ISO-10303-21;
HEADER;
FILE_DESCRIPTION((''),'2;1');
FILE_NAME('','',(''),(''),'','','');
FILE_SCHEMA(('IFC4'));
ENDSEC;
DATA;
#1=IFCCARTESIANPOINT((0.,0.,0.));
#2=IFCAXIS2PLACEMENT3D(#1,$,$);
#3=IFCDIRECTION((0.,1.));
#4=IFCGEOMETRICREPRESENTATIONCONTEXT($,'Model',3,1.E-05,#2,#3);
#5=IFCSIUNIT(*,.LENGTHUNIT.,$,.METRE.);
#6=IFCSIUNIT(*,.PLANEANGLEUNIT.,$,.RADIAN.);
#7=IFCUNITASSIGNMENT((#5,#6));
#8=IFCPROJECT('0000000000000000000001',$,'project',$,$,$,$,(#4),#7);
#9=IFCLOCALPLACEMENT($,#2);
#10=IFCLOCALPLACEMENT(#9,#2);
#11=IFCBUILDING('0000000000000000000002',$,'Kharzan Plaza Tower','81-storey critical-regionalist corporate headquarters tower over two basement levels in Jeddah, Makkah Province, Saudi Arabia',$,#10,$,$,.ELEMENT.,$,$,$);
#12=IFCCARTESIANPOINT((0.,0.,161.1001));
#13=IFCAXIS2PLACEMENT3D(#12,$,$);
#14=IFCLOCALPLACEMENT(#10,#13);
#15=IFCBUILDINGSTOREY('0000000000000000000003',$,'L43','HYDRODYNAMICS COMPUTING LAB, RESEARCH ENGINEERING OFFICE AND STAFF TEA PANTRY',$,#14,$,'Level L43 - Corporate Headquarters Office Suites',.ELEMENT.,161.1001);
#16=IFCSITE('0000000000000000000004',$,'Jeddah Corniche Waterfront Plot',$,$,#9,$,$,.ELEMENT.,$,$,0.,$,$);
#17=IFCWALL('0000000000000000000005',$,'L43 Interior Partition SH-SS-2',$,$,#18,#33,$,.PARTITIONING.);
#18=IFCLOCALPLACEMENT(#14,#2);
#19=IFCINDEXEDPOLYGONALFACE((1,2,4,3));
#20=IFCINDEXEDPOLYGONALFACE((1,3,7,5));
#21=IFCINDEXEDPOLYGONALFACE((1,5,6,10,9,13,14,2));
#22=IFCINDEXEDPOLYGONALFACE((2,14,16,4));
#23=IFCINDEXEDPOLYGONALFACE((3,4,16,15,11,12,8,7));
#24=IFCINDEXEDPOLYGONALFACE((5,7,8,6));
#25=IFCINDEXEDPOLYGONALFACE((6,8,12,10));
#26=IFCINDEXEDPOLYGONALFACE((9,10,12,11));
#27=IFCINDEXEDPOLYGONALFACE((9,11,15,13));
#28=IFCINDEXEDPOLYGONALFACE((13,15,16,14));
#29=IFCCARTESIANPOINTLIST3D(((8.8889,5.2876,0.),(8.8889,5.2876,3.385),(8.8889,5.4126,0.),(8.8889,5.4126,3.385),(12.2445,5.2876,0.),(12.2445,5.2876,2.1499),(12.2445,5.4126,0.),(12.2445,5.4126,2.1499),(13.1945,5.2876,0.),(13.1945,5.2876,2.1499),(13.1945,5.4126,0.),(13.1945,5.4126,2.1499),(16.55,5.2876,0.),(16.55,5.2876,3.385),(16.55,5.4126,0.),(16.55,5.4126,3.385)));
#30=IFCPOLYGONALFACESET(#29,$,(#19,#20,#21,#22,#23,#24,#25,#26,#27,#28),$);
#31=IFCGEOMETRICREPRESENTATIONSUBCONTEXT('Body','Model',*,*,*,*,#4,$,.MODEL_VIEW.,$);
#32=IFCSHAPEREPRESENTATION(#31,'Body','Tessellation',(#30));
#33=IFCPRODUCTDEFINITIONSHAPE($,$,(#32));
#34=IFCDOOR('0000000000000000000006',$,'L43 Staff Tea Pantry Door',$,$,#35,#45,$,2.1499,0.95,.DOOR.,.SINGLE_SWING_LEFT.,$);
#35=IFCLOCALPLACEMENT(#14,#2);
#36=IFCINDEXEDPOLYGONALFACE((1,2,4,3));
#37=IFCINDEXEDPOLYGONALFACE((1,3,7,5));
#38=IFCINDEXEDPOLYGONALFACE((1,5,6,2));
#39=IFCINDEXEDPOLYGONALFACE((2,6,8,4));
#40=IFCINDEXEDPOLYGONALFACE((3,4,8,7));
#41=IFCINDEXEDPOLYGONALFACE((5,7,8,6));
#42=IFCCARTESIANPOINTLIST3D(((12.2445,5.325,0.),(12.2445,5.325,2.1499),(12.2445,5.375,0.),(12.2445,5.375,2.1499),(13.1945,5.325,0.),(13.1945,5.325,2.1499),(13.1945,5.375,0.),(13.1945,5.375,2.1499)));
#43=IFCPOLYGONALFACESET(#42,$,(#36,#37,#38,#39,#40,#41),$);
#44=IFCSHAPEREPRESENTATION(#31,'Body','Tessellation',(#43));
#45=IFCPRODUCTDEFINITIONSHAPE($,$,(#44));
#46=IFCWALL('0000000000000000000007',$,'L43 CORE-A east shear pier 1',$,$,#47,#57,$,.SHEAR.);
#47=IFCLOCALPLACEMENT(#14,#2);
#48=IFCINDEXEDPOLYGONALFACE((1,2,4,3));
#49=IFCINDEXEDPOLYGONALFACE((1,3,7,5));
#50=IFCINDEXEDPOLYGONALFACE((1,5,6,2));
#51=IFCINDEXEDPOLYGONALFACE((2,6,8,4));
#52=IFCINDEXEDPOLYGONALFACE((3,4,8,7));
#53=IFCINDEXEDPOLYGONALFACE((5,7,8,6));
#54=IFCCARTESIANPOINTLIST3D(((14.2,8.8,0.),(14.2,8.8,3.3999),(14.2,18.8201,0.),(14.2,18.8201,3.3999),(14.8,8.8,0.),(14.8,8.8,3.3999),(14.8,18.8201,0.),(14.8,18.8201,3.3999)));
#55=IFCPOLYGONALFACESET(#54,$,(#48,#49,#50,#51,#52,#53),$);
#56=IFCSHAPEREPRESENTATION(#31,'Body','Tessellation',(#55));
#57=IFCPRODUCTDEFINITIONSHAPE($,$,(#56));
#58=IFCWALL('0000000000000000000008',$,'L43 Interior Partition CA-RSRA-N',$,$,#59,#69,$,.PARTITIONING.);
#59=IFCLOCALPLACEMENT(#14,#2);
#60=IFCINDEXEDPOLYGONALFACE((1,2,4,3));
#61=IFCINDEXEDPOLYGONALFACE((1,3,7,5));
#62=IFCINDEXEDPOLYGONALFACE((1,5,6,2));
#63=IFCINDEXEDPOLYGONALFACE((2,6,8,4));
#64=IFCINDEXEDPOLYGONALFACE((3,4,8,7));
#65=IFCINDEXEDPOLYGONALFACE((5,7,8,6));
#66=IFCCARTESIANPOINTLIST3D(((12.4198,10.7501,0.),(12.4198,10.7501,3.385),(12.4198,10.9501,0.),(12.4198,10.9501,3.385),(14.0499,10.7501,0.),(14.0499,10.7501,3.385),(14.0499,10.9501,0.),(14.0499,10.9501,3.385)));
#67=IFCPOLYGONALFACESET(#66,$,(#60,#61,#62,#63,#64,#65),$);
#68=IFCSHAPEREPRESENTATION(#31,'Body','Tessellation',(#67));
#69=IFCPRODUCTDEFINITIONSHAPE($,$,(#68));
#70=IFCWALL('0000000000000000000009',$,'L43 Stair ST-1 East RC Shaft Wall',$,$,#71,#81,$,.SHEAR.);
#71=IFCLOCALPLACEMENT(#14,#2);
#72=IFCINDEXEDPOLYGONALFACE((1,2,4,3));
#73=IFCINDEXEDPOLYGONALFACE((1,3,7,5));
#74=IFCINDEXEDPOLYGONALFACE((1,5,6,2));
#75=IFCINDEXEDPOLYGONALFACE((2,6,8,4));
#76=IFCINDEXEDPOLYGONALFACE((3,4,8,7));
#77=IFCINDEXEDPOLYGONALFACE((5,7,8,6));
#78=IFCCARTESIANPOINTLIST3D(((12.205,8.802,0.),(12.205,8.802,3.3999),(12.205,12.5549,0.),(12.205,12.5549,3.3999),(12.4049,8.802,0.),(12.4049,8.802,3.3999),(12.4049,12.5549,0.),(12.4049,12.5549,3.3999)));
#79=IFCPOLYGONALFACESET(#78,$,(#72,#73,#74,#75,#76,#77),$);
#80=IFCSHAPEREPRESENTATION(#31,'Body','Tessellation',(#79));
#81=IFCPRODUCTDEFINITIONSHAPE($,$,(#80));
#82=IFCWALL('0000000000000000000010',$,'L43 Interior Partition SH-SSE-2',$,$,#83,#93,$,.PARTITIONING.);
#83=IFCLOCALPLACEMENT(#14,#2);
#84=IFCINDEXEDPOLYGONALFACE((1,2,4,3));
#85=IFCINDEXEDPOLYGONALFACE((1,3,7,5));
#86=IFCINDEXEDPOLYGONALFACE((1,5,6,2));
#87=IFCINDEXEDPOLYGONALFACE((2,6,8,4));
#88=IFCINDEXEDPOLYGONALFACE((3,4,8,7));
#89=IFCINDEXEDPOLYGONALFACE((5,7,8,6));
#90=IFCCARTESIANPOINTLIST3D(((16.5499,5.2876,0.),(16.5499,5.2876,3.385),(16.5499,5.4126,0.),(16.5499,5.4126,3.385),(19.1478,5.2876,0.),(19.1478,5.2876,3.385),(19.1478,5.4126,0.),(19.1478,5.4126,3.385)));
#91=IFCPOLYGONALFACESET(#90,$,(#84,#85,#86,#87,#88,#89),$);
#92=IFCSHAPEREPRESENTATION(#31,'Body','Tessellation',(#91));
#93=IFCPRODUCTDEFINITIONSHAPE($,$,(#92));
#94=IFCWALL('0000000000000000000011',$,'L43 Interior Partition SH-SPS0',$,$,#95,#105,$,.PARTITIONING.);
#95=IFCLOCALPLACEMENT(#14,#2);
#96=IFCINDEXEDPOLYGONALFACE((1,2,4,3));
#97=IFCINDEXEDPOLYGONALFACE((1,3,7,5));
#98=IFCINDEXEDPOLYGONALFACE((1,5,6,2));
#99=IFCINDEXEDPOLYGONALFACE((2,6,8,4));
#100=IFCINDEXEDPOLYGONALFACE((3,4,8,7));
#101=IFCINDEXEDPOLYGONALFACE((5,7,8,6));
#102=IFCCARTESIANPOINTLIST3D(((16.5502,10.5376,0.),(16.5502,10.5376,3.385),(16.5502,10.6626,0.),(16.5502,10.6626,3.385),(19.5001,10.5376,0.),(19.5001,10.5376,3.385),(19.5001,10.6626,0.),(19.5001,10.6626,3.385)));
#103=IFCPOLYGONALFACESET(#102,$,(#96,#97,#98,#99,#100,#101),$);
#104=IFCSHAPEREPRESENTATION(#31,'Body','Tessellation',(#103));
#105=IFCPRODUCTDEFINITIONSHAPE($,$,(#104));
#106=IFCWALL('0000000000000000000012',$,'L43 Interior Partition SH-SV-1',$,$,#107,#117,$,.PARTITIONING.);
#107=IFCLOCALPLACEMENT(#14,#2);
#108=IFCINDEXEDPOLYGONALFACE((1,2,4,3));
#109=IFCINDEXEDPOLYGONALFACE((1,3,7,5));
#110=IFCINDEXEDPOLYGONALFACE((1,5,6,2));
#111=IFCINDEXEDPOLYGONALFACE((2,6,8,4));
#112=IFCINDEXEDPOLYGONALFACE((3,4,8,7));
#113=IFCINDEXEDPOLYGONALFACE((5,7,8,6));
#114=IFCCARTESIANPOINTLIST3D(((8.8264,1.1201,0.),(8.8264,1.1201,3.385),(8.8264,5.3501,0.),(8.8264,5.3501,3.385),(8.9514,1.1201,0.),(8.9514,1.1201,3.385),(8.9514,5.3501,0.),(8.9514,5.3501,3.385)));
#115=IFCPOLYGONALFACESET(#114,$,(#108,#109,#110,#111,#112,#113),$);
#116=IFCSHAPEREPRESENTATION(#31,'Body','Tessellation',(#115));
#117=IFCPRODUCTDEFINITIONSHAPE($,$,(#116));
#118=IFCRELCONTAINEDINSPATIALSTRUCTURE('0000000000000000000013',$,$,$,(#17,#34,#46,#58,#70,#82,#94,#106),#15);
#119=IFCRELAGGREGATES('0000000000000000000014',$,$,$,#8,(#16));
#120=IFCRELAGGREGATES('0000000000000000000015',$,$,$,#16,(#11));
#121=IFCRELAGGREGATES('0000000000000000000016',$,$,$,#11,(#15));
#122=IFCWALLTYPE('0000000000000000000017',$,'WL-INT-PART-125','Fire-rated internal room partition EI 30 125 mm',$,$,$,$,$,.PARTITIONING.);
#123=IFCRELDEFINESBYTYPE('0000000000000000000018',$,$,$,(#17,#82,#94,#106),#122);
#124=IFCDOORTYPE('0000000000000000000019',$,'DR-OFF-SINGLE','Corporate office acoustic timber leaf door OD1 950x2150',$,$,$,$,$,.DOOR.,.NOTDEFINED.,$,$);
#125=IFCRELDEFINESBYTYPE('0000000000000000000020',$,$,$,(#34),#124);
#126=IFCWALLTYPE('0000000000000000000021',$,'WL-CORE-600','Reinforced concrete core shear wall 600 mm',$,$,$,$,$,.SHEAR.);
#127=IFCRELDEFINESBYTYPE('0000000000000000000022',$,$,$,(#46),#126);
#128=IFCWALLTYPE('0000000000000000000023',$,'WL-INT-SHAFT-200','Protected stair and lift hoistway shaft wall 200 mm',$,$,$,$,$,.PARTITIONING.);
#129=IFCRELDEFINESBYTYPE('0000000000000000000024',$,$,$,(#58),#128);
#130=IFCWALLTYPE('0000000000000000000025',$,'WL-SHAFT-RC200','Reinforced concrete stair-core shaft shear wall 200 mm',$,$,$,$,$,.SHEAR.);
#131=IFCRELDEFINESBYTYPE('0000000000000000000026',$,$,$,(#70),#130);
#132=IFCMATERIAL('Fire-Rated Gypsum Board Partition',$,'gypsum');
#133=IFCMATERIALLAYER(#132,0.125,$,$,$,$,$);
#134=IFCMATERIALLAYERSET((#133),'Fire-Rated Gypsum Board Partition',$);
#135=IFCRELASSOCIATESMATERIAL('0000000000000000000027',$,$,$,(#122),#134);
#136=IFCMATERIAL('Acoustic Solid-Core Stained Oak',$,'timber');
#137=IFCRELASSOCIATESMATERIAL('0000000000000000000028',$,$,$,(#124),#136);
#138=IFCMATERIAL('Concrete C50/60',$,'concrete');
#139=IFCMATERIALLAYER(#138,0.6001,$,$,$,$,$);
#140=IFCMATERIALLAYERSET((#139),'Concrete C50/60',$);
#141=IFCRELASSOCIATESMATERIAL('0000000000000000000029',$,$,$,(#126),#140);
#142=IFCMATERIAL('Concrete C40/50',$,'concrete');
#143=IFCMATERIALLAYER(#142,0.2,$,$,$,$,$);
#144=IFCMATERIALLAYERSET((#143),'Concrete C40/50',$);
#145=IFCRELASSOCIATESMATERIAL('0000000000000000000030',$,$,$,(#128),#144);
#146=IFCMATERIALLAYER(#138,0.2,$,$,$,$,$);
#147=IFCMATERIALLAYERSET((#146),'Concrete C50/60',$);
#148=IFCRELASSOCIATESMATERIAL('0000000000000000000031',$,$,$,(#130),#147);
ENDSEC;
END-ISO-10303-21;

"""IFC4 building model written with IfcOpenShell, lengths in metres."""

from ifc_helpers import new_model, si_unit, direction, frame, frame_2d, origin, place, context, subcontext, project, spatial, rectangle, extrude, source, transform, mapped, material, layer, layer_set, type_object, element, fill, save


model = new_model("IFC4")

# Units and contexts
model_context = context("Model", 3, precision=1e-05, world=origin(), true_north=direction((0.0, 1.0)))
body_context = subcontext(model_context, "Body", "Model", "MODEL_VIEW")
ifc_project = project(units=[si_unit("LENGTHUNIT", "METRE"), si_unit("PLANEANGLEUNIT", "RADIAN")], contexts=[model_context])

# Site, building, storey
site_placement = place(None, origin())
site = spatial("IfcSite", under=ifc_project, at=site_placement, Name="Jeddah Corniche Waterfront Plot", CompositionType="ELEMENT", RefElevation=0.0)
building_placement = place(site_placement, origin())
building = spatial("IfcBuilding", under=site, at=building_placement, Name="Kharzan Plaza Tower", Description="81-storey critical-regionalist corporate headquarters tower over two basement levels in Jeddah, Makkah Province, Saudi Arabia", CompositionType="ELEMENT")
storey_placement = place(building_placement, frame((0.0, 0.0, 161.1001)))
storey = spatial("IfcBuildingStorey", under=building, at=storey_placement, Name="L43", Description="HYDRODYNAMICS COMPUTING LAB, RESEARCH ENGINEERING OFFICE AND STAFF TEA PANTRY", LongName="Level L43 - Corporate Headquarters Office Suites", CompositionType="ELEMENT", Elevation=161.1001)

# Shared definitions
ifc_material_1 = material(Name="Concrete C50/60", Category="concrete")

# Shared definitions
ifc_material_2 = material(Name="Concrete C40/50", Category="concrete")

# Wall, opening, door
ifc_material_3 = material(Name="Fire-Rated Gypsum Board Partition", Category="gypsum")
ifc_layer_1 = layer(ifc_material_3, 0.125)
ifc_layer_set_1 = layer_set([ifc_layer_1], Name="Fire-Rated Gypsum Board Partition")
wall_type_1 = type_object("IfcWallType", Name="WL-INT-PART-125", Description="Fire-rated internal room partition EI 30 125 mm", PredefinedType="PARTITIONING", material=ifc_layer_set_1)
ifc_material_4 = material(Name="Acoustic Solid-Core Stained Oak", Category="timber")
door_type = type_object("IfcDoorType", Name="DR-OFF-SINGLE", Description="Corporate office acoustic timber leaf door OD1 950x2150", OperationType="NOTDEFINED", PredefinedType="DOOR", material=ifc_material_4)
shared_shape_1 = source(origin(), body_context, "Body", "SweptSolid", [
    extrude(rectangle(XDim=0.95, YDim=2.1499, at=frame_2d((0.4751, 1.075))), frame((0.0, 0.0249, 0.0), z_axis=(0.0, -1.0, 0.0), x_axis=(1.0, 0.0, 0.0)), (0.0, 0.0, 1.0), 0.05),
])
wall_1_placement = place(storey_placement, frame((8.8889, 5.3501, 0.0), z_axis=(0.0, 0.0, 1.0), x_axis=(1.0, 0.0, 0.0)))
wall_1 = element("IfcWall", 1, at=wall_1_placement, inside=storey, type_object=wall_type_1, Name="L43 Interior Partition SH-SS-2", PredefinedType="PARTITIONING", context=body_context, shape_type="SweptSolid", body=[
    extrude(rectangle(XDim=7.6611, YDim=0.125, at=frame_2d((3.8306, 0.0))), origin(), (0.0, 0.0, 1.0), 3.385),
])
opening_1_placement = place(wall_1_placement, frame((3.3555, 0.0, 0.0)))
opening_1 = element("IfcOpeningElement", 2, at=opening_1_placement, cuts=wall_1, PredefinedType="OPENING", context=body_context, shape_type="SweptSolid", body=[
    extrude(rectangle(XDim=0.95, YDim=2.1499, at=frame_2d((0.4751, 1.075))), frame((0.0, 0.0725, 0.0), z_axis=(0.0, -1.0, 0.0), x_axis=(1.0, 0.0, 0.0)), (0.0, 0.0, 1.0), 0.145),
])
door_1_placement = place(opening_1_placement, origin())
door_1 = element("IfcDoor", 3, at=door_1_placement, inside=storey, type_object=door_type, Name="L43 Staff Tea Pantry Door", OperationType="SINGLE_SWING_LEFT", OverallHeight=2.1499, OverallWidth=0.95, PredefinedType="DOOR", context=body_context, shape_type="MappedRepresentation", body=[
    mapped(shared_shape_1, transform((0.0, 0.0, 0.0), x_axis=(1.0, 0.0, 0.0), y_axis=(0.0, 1.0, 0.0), z_axis=(0.0, 0.0, 1.0))),
])
fill(opening_1, door_1)

# Walls
ifc_layer_2 = layer(ifc_material_1, 0.6001)
ifc_layer_set_2 = layer_set([ifc_layer_2], Name="Concrete C50/60")
wall_type_2 = type_object("IfcWallType", Name="WL-CORE-600", Description="Reinforced concrete core shear wall 600 mm", PredefinedType="SHEAR", material=ifc_layer_set_2)
shared_shape_2 = source(origin(), body_context, "Body", "SweptSolid", [
    extrude(rectangle(XDim=10.02, YDim=0.6001, at=frame_2d((5.01, 0.0))), origin(), (0.0, 0.0, 1.0), 3.3999),
])
wall_2_placement = place(storey_placement, frame((14.5, 8.8, 0.0), z_axis=(0.0, 0.0, 1.0), x_axis=(0.0, 1.0, 0.0)))
element("IfcWall", 4, at=wall_2_placement, inside=storey, type_object=wall_type_2, Name="L43 CORE-A east shear pier 1", PredefinedType="SHEAR", context=body_context, shape_type="MappedRepresentation", body=[
    mapped(shared_shape_2, transform((0.0, 0.0, 0.0), x_axis=(1.0, 0.0, 0.0), y_axis=(0.0, 1.0, 0.0), z_axis=(0.0, 0.0, 1.0))),
])
ifc_layer_3 = layer(ifc_material_2, 0.2)
ifc_layer_set_3 = layer_set([ifc_layer_3], Name="Concrete C40/50")
wall_type_3 = type_object("IfcWallType", Name="WL-INT-SHAFT-200", Description="Protected stair and lift hoistway shaft wall 200 mm", PredefinedType="PARTITIONING", material=ifc_layer_set_3)
shared_shape_3 = source(origin(), body_context, "Body", "SweptSolid", [
    extrude(rectangle(XDim=1.6301, YDim=0.2, at=frame_2d((0.8149, 0.0))), origin(), (0.0, 0.0, 1.0), 3.385),
])
wall_3_placement = place(storey_placement, frame((12.4199, 10.8501, 0.0), z_axis=(0.0, 0.0, 1.0), x_axis=(1.0, 0.0, 0.0)))
element("IfcWall", 5, at=wall_3_placement, inside=storey, type_object=wall_type_3, Name="L43 Interior Partition CA-RSRA-N", PredefinedType="PARTITIONING", context=body_context, shape_type="MappedRepresentation", body=[
    mapped(shared_shape_3, transform((0.0, 0.0, 0.0), x_axis=(1.0, 0.0, 0.0), y_axis=(0.0, 1.0, 0.0), z_axis=(0.0, 0.0, 1.0))),
])
ifc_layer_4 = layer(ifc_material_1, 0.2)
ifc_layer_set_4 = layer_set([ifc_layer_4], Name="Concrete C50/60")
wall_type_4 = type_object("IfcWallType", Name="WL-SHAFT-RC200", Description="Reinforced concrete stair-core shaft shear wall 200 mm", PredefinedType="SHEAR", material=ifc_layer_set_4)
shared_shape_4 = source(origin(), body_context, "Body", "SweptSolid", [
    extrude(rectangle(XDim=3.7529, YDim=0.2, at=frame_2d((1.8765, 0.0))), origin(), (0.0, 0.0, 1.0), 3.3999),
])
wall_4_placement = place(storey_placement, frame((12.3049, 8.802, 0.0), z_axis=(0.0, 0.0, 1.0), x_axis=(0.0, 1.0, 0.0)))
element("IfcWall", 6, at=wall_4_placement, inside=storey, type_object=wall_type_4, Name="L43 Stair ST-1 East RC Shaft Wall", PredefinedType="SHEAR", context=body_context, shape_type="MappedRepresentation", body=[
    mapped(shared_shape_4, transform((0.0, 0.0, 0.0), x_axis=(1.0, 0.0, 0.0), y_axis=(0.0, 1.0, 0.0), z_axis=(0.0, 0.0, 1.0))),
])
shared_shape_5 = source(origin(), body_context, "Body", "SweptSolid", [
    extrude(rectangle(XDim=2.5979, YDim=0.125, at=frame_2d((1.2988, 0.0))), origin(), (0.0, 0.0, 1.0), 3.385),
])
wall_5_placement = place(storey_placement, frame((16.55, 5.3501, 0.0), z_axis=(0.0, 0.0, 1.0), x_axis=(1.0, 0.0, 0.0)))
element("IfcWall", 7, at=wall_5_placement, inside=storey, type_object=wall_type_1, Name="L43 Interior Partition SH-SSE-2", PredefinedType="PARTITIONING", context=body_context, shape_type="MappedRepresentation", body=[
    mapped(shared_shape_5, transform((0.0, 0.0, 0.0), x_axis=(1.0, 0.0, 0.0), y_axis=(0.0, 1.0, 0.0), z_axis=(0.0, 0.0, 1.0))),
])
shared_shape_6 = source(origin(), body_context, "Body", "SweptSolid", [
    extrude(rectangle(XDim=2.95, YDim=0.125, at=frame_2d((1.4751, 0.0))), origin(), (0.0, 0.0, 1.0), 3.385),
])
wall_6_placement = place(storey_placement, frame((16.55, 10.6001, 0.0), z_axis=(0.0, 0.0, 1.0), x_axis=(1.0, 0.0, 0.0)))
element("IfcWall", 8, at=wall_6_placement, inside=storey, type_object=wall_type_1, Name="L43 Interior Partition SH-SPS0", PredefinedType="PARTITIONING", context=body_context, shape_type="MappedRepresentation", body=[
    mapped(shared_shape_6, transform((0.0, 0.0, 0.0), x_axis=(1.0, 0.0, 0.0), y_axis=(0.0, 1.0, 0.0), z_axis=(0.0, 0.0, 1.0))),
])
shared_shape_7 = source(origin(), body_context, "Body", "SweptSolid", [
    extrude(rectangle(XDim=4.23, YDim=0.125, at=frame_2d((2.115, 0.0))), origin(), (0.0, 0.0, 1.0), 3.385),
])
wall_7_placement = place(storey_placement, frame((8.8889, 1.1201, 0.0), z_axis=(0.0, 0.0, 1.0), x_axis=(0.0, 1.0, 0.0)))
element("IfcWall", 9, at=wall_7_placement, inside=storey, type_object=wall_type_1, Name="L43 Interior Partition SH-SV-1", PredefinedType="PARTITIONING", context=body_context, shape_type="MappedRepresentation", body=[
    mapped(shared_shape_7, transform((0.0, 0.0, 0.0), x_axis=(1.0, 0.0, 0.0), y_axis=(0.0, 1.0, 0.0), z_axis=(0.0, 0.0, 1.0))),
])

save(model, "model.ifc")
